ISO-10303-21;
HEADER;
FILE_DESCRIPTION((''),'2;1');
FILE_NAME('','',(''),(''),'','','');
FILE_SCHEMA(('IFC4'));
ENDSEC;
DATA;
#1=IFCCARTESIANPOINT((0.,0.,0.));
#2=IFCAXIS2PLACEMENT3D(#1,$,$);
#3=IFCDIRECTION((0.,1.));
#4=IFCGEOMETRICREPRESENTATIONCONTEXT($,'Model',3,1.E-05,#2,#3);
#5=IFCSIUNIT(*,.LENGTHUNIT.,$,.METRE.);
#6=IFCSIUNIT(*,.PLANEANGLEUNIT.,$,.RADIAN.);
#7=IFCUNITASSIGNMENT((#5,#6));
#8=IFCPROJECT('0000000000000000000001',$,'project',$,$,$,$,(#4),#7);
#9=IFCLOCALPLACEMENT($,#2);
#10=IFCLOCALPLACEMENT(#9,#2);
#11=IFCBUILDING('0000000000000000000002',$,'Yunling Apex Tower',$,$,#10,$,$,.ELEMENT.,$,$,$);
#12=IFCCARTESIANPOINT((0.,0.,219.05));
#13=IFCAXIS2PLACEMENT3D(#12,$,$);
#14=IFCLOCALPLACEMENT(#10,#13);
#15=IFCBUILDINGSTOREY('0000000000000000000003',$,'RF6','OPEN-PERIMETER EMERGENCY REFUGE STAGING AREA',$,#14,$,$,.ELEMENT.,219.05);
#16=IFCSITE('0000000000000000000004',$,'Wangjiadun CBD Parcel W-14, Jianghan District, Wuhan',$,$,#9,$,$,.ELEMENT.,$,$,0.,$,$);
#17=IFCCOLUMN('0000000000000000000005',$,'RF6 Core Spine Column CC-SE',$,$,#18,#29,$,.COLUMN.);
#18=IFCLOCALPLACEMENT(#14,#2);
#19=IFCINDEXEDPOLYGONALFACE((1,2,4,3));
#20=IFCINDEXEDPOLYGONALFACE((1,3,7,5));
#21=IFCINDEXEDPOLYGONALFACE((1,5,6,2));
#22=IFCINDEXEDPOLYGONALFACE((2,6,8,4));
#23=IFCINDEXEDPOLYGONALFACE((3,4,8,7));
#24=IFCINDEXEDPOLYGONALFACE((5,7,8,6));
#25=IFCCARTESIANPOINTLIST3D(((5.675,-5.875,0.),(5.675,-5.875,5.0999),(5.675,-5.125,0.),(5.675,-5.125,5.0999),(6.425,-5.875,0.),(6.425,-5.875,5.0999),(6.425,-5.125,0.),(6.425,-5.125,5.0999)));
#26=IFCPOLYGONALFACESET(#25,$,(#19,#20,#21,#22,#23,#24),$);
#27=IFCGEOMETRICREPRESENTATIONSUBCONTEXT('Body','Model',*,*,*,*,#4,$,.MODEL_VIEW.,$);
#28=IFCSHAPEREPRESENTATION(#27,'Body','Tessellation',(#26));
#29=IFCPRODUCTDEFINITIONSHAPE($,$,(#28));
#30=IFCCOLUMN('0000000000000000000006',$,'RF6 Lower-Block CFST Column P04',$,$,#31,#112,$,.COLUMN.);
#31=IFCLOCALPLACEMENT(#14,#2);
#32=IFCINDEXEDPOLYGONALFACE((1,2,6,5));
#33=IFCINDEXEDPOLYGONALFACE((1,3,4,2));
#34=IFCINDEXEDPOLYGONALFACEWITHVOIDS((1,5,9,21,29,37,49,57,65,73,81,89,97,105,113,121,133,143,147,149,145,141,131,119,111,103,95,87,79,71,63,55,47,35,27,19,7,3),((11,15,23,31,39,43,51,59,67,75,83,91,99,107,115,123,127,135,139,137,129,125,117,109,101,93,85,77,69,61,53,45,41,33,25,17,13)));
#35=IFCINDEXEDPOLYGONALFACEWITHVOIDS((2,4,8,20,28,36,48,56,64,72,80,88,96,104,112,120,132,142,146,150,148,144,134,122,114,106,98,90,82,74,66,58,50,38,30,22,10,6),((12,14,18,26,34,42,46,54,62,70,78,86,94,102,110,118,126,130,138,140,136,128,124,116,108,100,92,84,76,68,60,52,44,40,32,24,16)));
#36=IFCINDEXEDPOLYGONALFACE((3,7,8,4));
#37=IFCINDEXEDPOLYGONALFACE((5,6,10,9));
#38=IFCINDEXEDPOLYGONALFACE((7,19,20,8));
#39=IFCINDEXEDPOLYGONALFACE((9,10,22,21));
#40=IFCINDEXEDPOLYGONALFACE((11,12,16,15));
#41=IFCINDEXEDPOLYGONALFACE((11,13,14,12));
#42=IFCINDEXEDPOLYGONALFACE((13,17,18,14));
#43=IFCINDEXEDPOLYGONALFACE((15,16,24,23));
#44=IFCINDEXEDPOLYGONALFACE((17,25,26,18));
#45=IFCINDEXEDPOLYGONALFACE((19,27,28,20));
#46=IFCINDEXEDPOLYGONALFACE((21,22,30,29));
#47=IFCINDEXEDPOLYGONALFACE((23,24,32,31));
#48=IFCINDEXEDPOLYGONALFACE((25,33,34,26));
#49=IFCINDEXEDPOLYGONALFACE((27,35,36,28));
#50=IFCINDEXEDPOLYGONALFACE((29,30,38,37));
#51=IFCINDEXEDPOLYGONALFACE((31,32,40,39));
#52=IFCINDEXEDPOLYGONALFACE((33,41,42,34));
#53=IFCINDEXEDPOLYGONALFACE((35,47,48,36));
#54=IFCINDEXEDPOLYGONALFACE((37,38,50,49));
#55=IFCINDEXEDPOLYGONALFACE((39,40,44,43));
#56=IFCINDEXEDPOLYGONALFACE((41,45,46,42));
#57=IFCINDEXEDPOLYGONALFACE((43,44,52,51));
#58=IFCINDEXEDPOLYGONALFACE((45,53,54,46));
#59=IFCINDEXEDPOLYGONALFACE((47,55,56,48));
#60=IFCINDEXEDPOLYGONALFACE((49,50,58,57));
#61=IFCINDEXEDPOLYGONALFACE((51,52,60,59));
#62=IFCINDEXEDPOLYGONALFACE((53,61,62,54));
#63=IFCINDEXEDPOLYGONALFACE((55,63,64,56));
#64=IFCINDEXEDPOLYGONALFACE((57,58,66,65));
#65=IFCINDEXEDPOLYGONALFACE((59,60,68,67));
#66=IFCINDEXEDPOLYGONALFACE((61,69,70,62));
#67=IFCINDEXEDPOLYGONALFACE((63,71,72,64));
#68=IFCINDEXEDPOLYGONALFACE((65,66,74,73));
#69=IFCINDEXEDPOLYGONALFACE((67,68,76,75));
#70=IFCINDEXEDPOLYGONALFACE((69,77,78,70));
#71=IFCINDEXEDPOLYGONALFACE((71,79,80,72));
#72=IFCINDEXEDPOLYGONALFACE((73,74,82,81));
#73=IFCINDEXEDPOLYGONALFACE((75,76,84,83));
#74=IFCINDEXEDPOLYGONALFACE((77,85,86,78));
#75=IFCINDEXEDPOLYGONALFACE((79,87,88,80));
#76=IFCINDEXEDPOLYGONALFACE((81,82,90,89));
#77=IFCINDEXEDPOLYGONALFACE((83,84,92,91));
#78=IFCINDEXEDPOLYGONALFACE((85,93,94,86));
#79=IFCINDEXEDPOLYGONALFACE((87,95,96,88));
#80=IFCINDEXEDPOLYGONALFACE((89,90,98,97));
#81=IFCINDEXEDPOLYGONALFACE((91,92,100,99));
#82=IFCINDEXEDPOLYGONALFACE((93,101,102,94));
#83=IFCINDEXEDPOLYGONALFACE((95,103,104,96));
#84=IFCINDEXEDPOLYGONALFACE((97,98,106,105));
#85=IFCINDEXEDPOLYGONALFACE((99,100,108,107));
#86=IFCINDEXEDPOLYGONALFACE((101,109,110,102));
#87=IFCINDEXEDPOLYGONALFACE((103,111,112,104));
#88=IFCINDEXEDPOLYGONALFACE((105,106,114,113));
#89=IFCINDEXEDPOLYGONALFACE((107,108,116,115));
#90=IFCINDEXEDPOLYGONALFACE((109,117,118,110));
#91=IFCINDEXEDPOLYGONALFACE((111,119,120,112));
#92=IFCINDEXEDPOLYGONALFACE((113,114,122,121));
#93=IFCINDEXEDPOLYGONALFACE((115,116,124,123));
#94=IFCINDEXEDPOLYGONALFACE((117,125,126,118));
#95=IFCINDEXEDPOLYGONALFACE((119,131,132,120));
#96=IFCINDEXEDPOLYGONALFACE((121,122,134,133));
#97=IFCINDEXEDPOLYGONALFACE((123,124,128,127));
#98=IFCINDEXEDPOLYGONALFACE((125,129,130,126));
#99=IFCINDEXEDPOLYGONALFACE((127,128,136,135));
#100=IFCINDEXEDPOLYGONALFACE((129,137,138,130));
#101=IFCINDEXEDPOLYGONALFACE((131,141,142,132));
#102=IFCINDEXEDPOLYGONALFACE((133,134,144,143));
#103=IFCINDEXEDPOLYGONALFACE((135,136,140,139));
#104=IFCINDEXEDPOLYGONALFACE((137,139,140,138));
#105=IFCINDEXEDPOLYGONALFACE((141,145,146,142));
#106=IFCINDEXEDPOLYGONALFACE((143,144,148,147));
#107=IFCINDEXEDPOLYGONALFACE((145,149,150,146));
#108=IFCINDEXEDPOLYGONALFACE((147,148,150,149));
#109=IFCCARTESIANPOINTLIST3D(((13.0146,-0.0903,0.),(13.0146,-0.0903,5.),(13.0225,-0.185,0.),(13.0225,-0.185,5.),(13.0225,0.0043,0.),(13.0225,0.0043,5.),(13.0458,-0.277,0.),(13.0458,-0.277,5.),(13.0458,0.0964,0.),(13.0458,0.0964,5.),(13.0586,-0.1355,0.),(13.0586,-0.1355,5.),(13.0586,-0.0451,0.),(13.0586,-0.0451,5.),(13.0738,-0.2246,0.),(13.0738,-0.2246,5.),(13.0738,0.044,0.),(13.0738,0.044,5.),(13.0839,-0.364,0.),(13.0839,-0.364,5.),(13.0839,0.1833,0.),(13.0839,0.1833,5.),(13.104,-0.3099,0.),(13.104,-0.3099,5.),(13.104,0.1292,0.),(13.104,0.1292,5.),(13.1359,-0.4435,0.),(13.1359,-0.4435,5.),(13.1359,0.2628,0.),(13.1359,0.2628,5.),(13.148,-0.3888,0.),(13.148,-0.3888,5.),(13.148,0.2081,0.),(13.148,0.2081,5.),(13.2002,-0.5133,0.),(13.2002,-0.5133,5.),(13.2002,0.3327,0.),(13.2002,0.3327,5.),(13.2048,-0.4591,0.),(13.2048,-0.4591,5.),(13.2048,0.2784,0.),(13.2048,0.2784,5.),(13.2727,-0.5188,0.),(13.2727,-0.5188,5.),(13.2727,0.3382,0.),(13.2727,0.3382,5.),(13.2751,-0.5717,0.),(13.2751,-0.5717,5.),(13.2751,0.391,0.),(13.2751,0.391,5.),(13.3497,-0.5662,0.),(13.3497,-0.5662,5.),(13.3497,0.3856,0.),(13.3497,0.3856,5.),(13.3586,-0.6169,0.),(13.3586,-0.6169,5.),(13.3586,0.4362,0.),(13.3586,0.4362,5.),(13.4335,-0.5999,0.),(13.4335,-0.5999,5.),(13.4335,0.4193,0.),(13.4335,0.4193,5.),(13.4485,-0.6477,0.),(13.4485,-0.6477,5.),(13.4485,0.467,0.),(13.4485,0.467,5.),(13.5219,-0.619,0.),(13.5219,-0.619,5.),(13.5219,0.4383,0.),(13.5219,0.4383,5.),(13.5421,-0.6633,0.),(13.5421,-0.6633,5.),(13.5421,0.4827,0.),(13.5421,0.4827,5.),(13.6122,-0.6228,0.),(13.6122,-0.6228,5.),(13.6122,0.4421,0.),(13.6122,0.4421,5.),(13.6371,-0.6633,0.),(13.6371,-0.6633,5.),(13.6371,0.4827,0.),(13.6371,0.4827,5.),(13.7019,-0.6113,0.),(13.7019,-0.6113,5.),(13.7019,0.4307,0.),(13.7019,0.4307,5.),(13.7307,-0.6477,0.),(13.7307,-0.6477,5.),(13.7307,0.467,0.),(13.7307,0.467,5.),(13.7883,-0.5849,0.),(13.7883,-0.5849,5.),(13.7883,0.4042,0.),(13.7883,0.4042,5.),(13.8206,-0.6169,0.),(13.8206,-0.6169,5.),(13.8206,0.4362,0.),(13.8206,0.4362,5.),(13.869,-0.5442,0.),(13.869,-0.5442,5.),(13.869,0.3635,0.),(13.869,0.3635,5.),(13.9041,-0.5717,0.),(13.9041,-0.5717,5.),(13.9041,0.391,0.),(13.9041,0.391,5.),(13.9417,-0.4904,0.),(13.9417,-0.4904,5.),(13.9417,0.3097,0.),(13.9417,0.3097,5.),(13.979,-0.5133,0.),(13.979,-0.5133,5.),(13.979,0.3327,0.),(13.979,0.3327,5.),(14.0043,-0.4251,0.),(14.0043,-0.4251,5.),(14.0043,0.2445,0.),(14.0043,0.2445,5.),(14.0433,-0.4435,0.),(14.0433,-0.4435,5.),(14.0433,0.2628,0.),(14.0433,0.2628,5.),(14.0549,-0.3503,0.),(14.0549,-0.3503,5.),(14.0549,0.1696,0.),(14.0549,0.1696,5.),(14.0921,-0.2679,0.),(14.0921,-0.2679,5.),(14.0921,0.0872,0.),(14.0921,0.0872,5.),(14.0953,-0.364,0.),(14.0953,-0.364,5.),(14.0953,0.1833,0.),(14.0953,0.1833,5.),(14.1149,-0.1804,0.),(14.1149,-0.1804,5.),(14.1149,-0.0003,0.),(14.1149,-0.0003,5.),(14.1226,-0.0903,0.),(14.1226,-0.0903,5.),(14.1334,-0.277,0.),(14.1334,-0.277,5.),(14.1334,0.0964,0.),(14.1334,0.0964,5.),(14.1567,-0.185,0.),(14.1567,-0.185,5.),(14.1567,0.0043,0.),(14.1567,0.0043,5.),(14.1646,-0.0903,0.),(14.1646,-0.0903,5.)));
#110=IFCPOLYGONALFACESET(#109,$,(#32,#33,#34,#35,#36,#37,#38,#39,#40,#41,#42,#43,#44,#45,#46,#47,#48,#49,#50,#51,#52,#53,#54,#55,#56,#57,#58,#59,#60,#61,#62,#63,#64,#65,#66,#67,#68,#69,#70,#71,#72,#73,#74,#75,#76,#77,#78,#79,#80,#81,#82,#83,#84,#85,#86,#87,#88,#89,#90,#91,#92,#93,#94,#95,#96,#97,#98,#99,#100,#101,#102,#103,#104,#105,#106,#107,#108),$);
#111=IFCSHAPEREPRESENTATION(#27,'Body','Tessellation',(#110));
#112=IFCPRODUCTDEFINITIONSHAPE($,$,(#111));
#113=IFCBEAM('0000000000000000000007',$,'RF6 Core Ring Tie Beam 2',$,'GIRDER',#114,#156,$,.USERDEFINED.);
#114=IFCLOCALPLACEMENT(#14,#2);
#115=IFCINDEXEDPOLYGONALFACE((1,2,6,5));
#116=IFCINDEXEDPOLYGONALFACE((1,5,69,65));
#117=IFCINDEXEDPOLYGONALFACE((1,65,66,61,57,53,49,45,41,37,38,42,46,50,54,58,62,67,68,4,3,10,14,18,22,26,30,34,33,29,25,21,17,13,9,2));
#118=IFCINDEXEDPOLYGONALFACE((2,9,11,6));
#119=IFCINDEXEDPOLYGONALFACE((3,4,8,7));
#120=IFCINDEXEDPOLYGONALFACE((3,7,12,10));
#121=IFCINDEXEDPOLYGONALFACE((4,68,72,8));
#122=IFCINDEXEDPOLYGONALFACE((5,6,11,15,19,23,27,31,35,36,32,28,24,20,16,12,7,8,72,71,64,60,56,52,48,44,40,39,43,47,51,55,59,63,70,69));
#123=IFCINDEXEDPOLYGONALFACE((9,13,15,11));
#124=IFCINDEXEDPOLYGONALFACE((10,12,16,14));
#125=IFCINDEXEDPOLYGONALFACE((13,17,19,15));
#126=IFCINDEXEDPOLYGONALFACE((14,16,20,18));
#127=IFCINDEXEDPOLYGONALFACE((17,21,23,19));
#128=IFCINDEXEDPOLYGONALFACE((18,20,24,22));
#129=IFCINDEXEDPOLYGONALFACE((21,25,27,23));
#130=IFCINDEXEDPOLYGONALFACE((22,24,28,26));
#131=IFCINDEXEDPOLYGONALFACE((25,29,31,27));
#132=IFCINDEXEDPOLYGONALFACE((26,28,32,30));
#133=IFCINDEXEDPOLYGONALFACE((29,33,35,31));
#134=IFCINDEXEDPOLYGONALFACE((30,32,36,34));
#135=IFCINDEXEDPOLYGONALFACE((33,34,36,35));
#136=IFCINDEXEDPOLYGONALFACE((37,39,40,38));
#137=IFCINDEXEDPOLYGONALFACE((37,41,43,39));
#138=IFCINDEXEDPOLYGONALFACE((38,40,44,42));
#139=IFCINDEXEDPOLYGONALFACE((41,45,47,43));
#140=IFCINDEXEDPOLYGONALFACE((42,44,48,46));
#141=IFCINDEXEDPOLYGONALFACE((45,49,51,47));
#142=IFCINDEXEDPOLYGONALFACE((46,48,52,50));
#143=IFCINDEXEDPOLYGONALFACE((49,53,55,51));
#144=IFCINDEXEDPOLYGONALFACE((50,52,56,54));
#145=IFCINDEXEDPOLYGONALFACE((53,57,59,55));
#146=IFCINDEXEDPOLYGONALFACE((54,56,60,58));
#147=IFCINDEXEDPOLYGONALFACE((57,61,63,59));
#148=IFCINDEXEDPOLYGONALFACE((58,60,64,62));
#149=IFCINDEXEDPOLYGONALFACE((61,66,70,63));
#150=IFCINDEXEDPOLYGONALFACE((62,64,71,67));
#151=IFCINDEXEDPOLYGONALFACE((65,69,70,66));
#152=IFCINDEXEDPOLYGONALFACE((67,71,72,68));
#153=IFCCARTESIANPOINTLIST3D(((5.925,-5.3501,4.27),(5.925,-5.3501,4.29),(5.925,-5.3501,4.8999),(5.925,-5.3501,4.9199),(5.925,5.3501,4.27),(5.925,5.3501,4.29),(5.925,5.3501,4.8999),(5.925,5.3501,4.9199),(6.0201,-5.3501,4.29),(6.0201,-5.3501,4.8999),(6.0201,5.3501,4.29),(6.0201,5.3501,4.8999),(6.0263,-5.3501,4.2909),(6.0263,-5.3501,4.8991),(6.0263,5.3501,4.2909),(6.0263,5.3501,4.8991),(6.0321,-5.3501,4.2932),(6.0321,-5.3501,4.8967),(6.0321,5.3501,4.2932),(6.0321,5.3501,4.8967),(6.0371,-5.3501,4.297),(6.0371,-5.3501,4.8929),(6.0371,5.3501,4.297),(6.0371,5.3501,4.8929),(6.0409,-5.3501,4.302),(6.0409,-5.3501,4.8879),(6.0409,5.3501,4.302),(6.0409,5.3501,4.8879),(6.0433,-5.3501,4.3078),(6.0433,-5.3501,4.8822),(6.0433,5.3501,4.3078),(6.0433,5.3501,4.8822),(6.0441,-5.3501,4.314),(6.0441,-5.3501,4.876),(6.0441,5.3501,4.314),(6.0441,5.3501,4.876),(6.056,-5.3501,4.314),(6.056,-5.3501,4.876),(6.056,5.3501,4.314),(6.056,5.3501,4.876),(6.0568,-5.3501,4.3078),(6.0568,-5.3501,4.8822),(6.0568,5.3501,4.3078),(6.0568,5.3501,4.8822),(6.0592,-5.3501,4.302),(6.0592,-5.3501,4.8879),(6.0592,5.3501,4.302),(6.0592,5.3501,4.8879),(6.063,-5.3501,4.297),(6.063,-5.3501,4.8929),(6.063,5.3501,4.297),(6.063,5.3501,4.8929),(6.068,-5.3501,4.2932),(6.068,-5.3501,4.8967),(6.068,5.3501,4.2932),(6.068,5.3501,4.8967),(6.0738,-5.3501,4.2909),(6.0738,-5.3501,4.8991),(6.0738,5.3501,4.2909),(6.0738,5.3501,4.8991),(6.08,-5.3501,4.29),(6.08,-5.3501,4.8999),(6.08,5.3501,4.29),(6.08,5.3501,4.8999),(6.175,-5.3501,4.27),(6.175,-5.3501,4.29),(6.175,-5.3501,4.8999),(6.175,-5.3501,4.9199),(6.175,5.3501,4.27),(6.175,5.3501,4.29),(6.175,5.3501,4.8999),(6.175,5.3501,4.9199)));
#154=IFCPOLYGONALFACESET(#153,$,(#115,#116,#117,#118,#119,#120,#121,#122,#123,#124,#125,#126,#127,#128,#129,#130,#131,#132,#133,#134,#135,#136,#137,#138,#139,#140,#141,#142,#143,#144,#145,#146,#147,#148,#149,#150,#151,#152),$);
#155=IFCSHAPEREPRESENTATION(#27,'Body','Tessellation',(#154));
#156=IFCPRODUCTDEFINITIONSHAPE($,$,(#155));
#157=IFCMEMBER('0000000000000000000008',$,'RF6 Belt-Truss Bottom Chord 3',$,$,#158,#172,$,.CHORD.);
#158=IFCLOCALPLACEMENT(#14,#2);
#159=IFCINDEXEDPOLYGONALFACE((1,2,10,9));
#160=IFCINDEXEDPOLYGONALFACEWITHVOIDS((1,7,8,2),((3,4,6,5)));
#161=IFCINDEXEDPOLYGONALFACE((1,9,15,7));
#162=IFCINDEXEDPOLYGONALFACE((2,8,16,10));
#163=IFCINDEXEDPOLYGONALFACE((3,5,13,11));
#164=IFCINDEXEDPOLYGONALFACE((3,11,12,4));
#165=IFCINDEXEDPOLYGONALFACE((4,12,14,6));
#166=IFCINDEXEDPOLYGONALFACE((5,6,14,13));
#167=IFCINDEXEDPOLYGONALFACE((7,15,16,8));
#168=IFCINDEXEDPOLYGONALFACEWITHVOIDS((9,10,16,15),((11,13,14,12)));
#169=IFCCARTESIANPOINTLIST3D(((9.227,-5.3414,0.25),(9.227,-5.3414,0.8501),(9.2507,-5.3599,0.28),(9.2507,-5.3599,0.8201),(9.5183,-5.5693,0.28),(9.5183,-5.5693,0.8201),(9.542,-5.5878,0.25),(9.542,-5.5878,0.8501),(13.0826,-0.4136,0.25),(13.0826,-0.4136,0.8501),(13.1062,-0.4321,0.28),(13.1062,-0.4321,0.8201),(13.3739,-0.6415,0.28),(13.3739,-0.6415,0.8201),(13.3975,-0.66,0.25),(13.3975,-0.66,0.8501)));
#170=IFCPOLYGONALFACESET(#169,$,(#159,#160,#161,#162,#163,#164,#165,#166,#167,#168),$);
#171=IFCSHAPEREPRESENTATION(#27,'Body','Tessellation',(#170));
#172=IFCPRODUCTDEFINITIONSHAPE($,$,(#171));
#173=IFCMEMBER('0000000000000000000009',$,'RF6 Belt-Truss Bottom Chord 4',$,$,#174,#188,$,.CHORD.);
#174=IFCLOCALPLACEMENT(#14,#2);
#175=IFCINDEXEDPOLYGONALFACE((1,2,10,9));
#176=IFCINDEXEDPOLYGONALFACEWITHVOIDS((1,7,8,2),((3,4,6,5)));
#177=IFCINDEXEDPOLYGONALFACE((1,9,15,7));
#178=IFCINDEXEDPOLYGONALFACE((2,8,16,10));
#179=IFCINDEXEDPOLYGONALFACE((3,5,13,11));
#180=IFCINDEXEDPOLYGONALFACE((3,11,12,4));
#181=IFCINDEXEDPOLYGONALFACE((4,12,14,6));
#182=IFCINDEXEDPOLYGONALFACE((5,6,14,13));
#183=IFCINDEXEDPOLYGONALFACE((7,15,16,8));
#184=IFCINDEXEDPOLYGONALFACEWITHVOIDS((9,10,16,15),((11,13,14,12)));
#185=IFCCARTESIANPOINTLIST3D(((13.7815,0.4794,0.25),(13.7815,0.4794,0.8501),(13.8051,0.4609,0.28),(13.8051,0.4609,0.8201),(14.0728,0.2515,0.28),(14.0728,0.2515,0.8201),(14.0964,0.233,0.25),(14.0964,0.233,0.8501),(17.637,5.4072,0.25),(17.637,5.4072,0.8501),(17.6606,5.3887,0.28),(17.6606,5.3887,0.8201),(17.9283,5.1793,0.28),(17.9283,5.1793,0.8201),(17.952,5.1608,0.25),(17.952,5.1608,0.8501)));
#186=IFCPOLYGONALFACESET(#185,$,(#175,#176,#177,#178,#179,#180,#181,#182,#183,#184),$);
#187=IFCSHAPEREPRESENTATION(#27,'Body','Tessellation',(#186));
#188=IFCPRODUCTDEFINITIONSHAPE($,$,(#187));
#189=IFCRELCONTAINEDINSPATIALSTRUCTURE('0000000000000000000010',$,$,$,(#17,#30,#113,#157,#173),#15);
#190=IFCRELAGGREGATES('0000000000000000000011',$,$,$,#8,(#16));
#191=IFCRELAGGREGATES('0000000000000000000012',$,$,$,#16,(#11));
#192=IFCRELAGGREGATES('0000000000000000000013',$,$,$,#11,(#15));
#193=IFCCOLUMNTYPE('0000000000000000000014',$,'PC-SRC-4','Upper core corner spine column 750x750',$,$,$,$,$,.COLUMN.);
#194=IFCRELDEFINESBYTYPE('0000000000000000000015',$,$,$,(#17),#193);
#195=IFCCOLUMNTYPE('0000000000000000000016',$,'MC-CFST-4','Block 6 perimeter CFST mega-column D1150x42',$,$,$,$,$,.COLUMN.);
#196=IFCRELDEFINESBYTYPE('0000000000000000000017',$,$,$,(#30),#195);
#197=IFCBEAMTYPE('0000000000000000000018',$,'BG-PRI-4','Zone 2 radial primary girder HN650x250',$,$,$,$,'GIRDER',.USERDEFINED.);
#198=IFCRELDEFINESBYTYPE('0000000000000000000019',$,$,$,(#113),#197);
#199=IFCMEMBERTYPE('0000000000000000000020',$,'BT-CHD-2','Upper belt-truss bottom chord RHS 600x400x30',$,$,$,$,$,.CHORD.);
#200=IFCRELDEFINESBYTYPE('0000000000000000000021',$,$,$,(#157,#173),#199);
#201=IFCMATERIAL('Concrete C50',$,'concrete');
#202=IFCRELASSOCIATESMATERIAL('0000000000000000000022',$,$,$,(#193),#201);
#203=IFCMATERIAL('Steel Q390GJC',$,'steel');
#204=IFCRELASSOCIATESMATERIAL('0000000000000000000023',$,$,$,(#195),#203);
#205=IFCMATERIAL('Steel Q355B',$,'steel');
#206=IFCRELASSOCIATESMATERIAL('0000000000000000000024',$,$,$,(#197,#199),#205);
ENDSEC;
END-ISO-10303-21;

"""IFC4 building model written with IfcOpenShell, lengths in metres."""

from ifc_helpers import new_model, si_unit, direction, frame, origin, origin_2d, place, context, subcontext, project, spatial, rectangle, hollow_rectangle, hollow_circle, i_section, extrude, source, transform, mapped, material, material_profile, profile_set, type_object, element, save


model = new_model("IFC4")

# Units and contexts
model_context = context("Model", 3, precision=1e-05, world=origin(), true_north=direction((0.0, 1.0)))
body_context = subcontext(model_context, "Body", "Model", "MODEL_VIEW")
ifc_project = project(units=[si_unit("LENGTHUNIT", "METRE"), si_unit("PLANEANGLEUNIT", "RADIAN")], contexts=[model_context])

# Site, building, storey
site_placement = place(None, origin())
site = spatial("IfcSite", under=ifc_project, at=site_placement, Name="Wangjiadun CBD Parcel W-14, Jianghan District, Wuhan", CompositionType="ELEMENT", RefElevation=0.0)
building_placement = place(site_placement, origin())
building = spatial("IfcBuilding", under=site, at=building_placement, Name="Yunling Apex Tower", CompositionType="ELEMENT")
storey_placement = place(building_placement, frame((0.0, 0.0, 219.05)))
storey = spatial("IfcBuildingStorey", under=building, at=storey_placement, Name="RF6", Description="OPEN-PERIMETER EMERGENCY REFUGE STAGING AREA", CompositionType="ELEMENT", Elevation=219.05)

# Columns
ifc_material_1 = material(Name="Concrete C50", Category="concrete")
ifc_material_profile_1 = material_profile(ifc_material_1, rectangle(XDim=0.75, YDim=0.75, at=origin_2d()))
ifc_profile_set_1 = profile_set([ifc_material_profile_1], Name="Concrete C50")
column_type_1 = type_object("IfcColumnType", Name="PC-SRC-4", Description="Upper core corner spine column 750x750", PredefinedType="COLUMN", material=ifc_profile_set_1)
shared_shape_1 = source(origin(), body_context, "Body", "SweptSolid", [
    extrude(rectangle(XDim=0.75, YDim=0.75, at=origin_2d()), origin(), (0.0, 0.0, 1.0), 5.0999),
])
column_1_placement = place(storey_placement, frame((6.05, -5.5, 0.0), z_axis=(0.0, 0.0, 1.0), x_axis=(1.0, 0.0, 0.0)))
element("IfcColumn", 1, at=column_1_placement, inside=storey, type_object=column_type_1, Name="RF6 Core Spine Column CC-SE", PredefinedType="COLUMN", context=body_context, shape_type="MappedRepresentation", body=[
    mapped(shared_shape_1, transform((0.0, 0.0, 0.0), scale=1.0)),
])
ifc_material_2 = material(Name="Steel Q390GJC", Category="steel")
ifc_material_profile_2 = material_profile(ifc_material_2, hollow_circle(Radius=0.575, WallThickness=0.042, at=origin_2d()))
ifc_profile_set_2 = profile_set([ifc_material_profile_2], Name="Steel Q390GJC")
column_type_2 = type_object("IfcColumnType", Name="MC-CFST-4", Description="Block 6 perimeter CFST mega-column D1150x42", PredefinedType="COLUMN", material=ifc_profile_set_2)
shared_shape_2 = source(origin(), body_context, "Body", "SweptSolid", [
    extrude(hollow_circle(Radius=0.575, WallThickness=0.042, at=origin_2d()), origin(), (0.0, 0.0, 1.0), 5.0),
])
column_2_placement = place(storey_placement, frame((13.5896, -0.0903, 0.0), z_axis=(0.0, 0.0, 1.0), x_axis=(1.0, 0.0, 0.0)))
element("IfcColumn", 2, at=column_2_placement, inside=storey, type_object=column_type_2, Name="RF6 Lower-Block CFST Column P04", PredefinedType="COLUMN", context=body_context, shape_type="MappedRepresentation", body=[
    mapped(shared_shape_2, transform((0.0, 0.0, 0.0), scale=1.0)),
])

# Beam
ifc_material_3 = material(Name="Steel Q355B", Category="steel")
ifc_material_profile_3 = material_profile(ifc_material_3, i_section(OverallWidth=0.25, OverallDepth=0.6499, WebThickness=0.012, FlangeThickness=0.02, FilletRadius=0.0239, at=origin_2d()))
ifc_profile_set_3 = profile_set([ifc_material_profile_3], Name="Steel Q355B")
beam_type_1 = type_object("IfcBeamType", Name="BG-PRI-4", Description="Zone 2 radial primary girder HN650x250", ElementType="GIRDER", PredefinedType="USERDEFINED", material=ifc_profile_set_3)
shared_shape_3 = source(origin(), body_context, "Body", "SweptSolid", [
    extrude(i_section(OverallWidth=0.25, OverallDepth=0.6499, WebThickness=0.012, FlangeThickness=0.02, FilletRadius=0.0239, at=origin_2d()), origin(), (0.0, 0.0, 1.0), 10.7002),
])
beam_1_placement = place(storey_placement, frame((6.05, -5.3501, 4.595), z_axis=(0.0, 1.0, 0.0), x_axis=(-1.0, 0.0, 0.0)))
element("IfcBeam", 3, at=beam_1_placement, inside=storey, type_object=beam_type_1, Name="RF6 Core Ring Tie Beam 2", ObjectType="GIRDER", PredefinedType="USERDEFINED", context=body_context, shape_type="MappedRepresentation", body=[
    mapped(shared_shape_3, transform((0.0, 0.0, 0.0), scale=1.0)),
])

# Members
ifc_material_profile_4 = material_profile(ifc_material_3, hollow_rectangle(XDim=0.3999, YDim=0.6001, WallThickness=0.03, at=origin_2d()))
ifc_profile_set_4 = profile_set([ifc_material_profile_4], Name="Steel Q355B")
member_type_1 = type_object("IfcMemberType", Name="BT-CHD-2", Description="Upper belt-truss bottom chord RHS 600x400x30", PredefinedType="CHORD", material=ifc_profile_set_4)
shared_shape_4 = source(origin(), body_context, "Body", "SweptSolid", [
    extrude(hollow_rectangle(XDim=0.3999, YDim=0.6001, WallThickness=0.03, at=origin_2d()), origin(), (0.0, 0.0, 1.0), 6.2568),
])
for number, where, z_axis, x_axis, name in (
    (4, (9.3845, -5.4646, 0.55), (0.616207, 0.787584, 0.0), (-0.787584, 0.616207, 0.0), "RF6 Belt-Truss Bottom Chord 3"),
    (5, (13.939, 0.3562, 0.55), (0.616207, 0.787584, 0.0), (-0.787584, 0.616207, 0.0), "RF6 Belt-Truss Bottom Chord 4"),
):
    element("IfcMember", number, at=place(storey_placement, frame(where, z_axis=z_axis, x_axis=x_axis)), inside=storey, type_object=member_type_1, Name=name, PredefinedType="CHORD", context=body_context, shape_type="MappedRepresentation", body=[
        mapped(shared_shape_4, transform((0.0, 0.0, 0.0), scale=1.0)),
    ])

save(model, "model.ifc")
